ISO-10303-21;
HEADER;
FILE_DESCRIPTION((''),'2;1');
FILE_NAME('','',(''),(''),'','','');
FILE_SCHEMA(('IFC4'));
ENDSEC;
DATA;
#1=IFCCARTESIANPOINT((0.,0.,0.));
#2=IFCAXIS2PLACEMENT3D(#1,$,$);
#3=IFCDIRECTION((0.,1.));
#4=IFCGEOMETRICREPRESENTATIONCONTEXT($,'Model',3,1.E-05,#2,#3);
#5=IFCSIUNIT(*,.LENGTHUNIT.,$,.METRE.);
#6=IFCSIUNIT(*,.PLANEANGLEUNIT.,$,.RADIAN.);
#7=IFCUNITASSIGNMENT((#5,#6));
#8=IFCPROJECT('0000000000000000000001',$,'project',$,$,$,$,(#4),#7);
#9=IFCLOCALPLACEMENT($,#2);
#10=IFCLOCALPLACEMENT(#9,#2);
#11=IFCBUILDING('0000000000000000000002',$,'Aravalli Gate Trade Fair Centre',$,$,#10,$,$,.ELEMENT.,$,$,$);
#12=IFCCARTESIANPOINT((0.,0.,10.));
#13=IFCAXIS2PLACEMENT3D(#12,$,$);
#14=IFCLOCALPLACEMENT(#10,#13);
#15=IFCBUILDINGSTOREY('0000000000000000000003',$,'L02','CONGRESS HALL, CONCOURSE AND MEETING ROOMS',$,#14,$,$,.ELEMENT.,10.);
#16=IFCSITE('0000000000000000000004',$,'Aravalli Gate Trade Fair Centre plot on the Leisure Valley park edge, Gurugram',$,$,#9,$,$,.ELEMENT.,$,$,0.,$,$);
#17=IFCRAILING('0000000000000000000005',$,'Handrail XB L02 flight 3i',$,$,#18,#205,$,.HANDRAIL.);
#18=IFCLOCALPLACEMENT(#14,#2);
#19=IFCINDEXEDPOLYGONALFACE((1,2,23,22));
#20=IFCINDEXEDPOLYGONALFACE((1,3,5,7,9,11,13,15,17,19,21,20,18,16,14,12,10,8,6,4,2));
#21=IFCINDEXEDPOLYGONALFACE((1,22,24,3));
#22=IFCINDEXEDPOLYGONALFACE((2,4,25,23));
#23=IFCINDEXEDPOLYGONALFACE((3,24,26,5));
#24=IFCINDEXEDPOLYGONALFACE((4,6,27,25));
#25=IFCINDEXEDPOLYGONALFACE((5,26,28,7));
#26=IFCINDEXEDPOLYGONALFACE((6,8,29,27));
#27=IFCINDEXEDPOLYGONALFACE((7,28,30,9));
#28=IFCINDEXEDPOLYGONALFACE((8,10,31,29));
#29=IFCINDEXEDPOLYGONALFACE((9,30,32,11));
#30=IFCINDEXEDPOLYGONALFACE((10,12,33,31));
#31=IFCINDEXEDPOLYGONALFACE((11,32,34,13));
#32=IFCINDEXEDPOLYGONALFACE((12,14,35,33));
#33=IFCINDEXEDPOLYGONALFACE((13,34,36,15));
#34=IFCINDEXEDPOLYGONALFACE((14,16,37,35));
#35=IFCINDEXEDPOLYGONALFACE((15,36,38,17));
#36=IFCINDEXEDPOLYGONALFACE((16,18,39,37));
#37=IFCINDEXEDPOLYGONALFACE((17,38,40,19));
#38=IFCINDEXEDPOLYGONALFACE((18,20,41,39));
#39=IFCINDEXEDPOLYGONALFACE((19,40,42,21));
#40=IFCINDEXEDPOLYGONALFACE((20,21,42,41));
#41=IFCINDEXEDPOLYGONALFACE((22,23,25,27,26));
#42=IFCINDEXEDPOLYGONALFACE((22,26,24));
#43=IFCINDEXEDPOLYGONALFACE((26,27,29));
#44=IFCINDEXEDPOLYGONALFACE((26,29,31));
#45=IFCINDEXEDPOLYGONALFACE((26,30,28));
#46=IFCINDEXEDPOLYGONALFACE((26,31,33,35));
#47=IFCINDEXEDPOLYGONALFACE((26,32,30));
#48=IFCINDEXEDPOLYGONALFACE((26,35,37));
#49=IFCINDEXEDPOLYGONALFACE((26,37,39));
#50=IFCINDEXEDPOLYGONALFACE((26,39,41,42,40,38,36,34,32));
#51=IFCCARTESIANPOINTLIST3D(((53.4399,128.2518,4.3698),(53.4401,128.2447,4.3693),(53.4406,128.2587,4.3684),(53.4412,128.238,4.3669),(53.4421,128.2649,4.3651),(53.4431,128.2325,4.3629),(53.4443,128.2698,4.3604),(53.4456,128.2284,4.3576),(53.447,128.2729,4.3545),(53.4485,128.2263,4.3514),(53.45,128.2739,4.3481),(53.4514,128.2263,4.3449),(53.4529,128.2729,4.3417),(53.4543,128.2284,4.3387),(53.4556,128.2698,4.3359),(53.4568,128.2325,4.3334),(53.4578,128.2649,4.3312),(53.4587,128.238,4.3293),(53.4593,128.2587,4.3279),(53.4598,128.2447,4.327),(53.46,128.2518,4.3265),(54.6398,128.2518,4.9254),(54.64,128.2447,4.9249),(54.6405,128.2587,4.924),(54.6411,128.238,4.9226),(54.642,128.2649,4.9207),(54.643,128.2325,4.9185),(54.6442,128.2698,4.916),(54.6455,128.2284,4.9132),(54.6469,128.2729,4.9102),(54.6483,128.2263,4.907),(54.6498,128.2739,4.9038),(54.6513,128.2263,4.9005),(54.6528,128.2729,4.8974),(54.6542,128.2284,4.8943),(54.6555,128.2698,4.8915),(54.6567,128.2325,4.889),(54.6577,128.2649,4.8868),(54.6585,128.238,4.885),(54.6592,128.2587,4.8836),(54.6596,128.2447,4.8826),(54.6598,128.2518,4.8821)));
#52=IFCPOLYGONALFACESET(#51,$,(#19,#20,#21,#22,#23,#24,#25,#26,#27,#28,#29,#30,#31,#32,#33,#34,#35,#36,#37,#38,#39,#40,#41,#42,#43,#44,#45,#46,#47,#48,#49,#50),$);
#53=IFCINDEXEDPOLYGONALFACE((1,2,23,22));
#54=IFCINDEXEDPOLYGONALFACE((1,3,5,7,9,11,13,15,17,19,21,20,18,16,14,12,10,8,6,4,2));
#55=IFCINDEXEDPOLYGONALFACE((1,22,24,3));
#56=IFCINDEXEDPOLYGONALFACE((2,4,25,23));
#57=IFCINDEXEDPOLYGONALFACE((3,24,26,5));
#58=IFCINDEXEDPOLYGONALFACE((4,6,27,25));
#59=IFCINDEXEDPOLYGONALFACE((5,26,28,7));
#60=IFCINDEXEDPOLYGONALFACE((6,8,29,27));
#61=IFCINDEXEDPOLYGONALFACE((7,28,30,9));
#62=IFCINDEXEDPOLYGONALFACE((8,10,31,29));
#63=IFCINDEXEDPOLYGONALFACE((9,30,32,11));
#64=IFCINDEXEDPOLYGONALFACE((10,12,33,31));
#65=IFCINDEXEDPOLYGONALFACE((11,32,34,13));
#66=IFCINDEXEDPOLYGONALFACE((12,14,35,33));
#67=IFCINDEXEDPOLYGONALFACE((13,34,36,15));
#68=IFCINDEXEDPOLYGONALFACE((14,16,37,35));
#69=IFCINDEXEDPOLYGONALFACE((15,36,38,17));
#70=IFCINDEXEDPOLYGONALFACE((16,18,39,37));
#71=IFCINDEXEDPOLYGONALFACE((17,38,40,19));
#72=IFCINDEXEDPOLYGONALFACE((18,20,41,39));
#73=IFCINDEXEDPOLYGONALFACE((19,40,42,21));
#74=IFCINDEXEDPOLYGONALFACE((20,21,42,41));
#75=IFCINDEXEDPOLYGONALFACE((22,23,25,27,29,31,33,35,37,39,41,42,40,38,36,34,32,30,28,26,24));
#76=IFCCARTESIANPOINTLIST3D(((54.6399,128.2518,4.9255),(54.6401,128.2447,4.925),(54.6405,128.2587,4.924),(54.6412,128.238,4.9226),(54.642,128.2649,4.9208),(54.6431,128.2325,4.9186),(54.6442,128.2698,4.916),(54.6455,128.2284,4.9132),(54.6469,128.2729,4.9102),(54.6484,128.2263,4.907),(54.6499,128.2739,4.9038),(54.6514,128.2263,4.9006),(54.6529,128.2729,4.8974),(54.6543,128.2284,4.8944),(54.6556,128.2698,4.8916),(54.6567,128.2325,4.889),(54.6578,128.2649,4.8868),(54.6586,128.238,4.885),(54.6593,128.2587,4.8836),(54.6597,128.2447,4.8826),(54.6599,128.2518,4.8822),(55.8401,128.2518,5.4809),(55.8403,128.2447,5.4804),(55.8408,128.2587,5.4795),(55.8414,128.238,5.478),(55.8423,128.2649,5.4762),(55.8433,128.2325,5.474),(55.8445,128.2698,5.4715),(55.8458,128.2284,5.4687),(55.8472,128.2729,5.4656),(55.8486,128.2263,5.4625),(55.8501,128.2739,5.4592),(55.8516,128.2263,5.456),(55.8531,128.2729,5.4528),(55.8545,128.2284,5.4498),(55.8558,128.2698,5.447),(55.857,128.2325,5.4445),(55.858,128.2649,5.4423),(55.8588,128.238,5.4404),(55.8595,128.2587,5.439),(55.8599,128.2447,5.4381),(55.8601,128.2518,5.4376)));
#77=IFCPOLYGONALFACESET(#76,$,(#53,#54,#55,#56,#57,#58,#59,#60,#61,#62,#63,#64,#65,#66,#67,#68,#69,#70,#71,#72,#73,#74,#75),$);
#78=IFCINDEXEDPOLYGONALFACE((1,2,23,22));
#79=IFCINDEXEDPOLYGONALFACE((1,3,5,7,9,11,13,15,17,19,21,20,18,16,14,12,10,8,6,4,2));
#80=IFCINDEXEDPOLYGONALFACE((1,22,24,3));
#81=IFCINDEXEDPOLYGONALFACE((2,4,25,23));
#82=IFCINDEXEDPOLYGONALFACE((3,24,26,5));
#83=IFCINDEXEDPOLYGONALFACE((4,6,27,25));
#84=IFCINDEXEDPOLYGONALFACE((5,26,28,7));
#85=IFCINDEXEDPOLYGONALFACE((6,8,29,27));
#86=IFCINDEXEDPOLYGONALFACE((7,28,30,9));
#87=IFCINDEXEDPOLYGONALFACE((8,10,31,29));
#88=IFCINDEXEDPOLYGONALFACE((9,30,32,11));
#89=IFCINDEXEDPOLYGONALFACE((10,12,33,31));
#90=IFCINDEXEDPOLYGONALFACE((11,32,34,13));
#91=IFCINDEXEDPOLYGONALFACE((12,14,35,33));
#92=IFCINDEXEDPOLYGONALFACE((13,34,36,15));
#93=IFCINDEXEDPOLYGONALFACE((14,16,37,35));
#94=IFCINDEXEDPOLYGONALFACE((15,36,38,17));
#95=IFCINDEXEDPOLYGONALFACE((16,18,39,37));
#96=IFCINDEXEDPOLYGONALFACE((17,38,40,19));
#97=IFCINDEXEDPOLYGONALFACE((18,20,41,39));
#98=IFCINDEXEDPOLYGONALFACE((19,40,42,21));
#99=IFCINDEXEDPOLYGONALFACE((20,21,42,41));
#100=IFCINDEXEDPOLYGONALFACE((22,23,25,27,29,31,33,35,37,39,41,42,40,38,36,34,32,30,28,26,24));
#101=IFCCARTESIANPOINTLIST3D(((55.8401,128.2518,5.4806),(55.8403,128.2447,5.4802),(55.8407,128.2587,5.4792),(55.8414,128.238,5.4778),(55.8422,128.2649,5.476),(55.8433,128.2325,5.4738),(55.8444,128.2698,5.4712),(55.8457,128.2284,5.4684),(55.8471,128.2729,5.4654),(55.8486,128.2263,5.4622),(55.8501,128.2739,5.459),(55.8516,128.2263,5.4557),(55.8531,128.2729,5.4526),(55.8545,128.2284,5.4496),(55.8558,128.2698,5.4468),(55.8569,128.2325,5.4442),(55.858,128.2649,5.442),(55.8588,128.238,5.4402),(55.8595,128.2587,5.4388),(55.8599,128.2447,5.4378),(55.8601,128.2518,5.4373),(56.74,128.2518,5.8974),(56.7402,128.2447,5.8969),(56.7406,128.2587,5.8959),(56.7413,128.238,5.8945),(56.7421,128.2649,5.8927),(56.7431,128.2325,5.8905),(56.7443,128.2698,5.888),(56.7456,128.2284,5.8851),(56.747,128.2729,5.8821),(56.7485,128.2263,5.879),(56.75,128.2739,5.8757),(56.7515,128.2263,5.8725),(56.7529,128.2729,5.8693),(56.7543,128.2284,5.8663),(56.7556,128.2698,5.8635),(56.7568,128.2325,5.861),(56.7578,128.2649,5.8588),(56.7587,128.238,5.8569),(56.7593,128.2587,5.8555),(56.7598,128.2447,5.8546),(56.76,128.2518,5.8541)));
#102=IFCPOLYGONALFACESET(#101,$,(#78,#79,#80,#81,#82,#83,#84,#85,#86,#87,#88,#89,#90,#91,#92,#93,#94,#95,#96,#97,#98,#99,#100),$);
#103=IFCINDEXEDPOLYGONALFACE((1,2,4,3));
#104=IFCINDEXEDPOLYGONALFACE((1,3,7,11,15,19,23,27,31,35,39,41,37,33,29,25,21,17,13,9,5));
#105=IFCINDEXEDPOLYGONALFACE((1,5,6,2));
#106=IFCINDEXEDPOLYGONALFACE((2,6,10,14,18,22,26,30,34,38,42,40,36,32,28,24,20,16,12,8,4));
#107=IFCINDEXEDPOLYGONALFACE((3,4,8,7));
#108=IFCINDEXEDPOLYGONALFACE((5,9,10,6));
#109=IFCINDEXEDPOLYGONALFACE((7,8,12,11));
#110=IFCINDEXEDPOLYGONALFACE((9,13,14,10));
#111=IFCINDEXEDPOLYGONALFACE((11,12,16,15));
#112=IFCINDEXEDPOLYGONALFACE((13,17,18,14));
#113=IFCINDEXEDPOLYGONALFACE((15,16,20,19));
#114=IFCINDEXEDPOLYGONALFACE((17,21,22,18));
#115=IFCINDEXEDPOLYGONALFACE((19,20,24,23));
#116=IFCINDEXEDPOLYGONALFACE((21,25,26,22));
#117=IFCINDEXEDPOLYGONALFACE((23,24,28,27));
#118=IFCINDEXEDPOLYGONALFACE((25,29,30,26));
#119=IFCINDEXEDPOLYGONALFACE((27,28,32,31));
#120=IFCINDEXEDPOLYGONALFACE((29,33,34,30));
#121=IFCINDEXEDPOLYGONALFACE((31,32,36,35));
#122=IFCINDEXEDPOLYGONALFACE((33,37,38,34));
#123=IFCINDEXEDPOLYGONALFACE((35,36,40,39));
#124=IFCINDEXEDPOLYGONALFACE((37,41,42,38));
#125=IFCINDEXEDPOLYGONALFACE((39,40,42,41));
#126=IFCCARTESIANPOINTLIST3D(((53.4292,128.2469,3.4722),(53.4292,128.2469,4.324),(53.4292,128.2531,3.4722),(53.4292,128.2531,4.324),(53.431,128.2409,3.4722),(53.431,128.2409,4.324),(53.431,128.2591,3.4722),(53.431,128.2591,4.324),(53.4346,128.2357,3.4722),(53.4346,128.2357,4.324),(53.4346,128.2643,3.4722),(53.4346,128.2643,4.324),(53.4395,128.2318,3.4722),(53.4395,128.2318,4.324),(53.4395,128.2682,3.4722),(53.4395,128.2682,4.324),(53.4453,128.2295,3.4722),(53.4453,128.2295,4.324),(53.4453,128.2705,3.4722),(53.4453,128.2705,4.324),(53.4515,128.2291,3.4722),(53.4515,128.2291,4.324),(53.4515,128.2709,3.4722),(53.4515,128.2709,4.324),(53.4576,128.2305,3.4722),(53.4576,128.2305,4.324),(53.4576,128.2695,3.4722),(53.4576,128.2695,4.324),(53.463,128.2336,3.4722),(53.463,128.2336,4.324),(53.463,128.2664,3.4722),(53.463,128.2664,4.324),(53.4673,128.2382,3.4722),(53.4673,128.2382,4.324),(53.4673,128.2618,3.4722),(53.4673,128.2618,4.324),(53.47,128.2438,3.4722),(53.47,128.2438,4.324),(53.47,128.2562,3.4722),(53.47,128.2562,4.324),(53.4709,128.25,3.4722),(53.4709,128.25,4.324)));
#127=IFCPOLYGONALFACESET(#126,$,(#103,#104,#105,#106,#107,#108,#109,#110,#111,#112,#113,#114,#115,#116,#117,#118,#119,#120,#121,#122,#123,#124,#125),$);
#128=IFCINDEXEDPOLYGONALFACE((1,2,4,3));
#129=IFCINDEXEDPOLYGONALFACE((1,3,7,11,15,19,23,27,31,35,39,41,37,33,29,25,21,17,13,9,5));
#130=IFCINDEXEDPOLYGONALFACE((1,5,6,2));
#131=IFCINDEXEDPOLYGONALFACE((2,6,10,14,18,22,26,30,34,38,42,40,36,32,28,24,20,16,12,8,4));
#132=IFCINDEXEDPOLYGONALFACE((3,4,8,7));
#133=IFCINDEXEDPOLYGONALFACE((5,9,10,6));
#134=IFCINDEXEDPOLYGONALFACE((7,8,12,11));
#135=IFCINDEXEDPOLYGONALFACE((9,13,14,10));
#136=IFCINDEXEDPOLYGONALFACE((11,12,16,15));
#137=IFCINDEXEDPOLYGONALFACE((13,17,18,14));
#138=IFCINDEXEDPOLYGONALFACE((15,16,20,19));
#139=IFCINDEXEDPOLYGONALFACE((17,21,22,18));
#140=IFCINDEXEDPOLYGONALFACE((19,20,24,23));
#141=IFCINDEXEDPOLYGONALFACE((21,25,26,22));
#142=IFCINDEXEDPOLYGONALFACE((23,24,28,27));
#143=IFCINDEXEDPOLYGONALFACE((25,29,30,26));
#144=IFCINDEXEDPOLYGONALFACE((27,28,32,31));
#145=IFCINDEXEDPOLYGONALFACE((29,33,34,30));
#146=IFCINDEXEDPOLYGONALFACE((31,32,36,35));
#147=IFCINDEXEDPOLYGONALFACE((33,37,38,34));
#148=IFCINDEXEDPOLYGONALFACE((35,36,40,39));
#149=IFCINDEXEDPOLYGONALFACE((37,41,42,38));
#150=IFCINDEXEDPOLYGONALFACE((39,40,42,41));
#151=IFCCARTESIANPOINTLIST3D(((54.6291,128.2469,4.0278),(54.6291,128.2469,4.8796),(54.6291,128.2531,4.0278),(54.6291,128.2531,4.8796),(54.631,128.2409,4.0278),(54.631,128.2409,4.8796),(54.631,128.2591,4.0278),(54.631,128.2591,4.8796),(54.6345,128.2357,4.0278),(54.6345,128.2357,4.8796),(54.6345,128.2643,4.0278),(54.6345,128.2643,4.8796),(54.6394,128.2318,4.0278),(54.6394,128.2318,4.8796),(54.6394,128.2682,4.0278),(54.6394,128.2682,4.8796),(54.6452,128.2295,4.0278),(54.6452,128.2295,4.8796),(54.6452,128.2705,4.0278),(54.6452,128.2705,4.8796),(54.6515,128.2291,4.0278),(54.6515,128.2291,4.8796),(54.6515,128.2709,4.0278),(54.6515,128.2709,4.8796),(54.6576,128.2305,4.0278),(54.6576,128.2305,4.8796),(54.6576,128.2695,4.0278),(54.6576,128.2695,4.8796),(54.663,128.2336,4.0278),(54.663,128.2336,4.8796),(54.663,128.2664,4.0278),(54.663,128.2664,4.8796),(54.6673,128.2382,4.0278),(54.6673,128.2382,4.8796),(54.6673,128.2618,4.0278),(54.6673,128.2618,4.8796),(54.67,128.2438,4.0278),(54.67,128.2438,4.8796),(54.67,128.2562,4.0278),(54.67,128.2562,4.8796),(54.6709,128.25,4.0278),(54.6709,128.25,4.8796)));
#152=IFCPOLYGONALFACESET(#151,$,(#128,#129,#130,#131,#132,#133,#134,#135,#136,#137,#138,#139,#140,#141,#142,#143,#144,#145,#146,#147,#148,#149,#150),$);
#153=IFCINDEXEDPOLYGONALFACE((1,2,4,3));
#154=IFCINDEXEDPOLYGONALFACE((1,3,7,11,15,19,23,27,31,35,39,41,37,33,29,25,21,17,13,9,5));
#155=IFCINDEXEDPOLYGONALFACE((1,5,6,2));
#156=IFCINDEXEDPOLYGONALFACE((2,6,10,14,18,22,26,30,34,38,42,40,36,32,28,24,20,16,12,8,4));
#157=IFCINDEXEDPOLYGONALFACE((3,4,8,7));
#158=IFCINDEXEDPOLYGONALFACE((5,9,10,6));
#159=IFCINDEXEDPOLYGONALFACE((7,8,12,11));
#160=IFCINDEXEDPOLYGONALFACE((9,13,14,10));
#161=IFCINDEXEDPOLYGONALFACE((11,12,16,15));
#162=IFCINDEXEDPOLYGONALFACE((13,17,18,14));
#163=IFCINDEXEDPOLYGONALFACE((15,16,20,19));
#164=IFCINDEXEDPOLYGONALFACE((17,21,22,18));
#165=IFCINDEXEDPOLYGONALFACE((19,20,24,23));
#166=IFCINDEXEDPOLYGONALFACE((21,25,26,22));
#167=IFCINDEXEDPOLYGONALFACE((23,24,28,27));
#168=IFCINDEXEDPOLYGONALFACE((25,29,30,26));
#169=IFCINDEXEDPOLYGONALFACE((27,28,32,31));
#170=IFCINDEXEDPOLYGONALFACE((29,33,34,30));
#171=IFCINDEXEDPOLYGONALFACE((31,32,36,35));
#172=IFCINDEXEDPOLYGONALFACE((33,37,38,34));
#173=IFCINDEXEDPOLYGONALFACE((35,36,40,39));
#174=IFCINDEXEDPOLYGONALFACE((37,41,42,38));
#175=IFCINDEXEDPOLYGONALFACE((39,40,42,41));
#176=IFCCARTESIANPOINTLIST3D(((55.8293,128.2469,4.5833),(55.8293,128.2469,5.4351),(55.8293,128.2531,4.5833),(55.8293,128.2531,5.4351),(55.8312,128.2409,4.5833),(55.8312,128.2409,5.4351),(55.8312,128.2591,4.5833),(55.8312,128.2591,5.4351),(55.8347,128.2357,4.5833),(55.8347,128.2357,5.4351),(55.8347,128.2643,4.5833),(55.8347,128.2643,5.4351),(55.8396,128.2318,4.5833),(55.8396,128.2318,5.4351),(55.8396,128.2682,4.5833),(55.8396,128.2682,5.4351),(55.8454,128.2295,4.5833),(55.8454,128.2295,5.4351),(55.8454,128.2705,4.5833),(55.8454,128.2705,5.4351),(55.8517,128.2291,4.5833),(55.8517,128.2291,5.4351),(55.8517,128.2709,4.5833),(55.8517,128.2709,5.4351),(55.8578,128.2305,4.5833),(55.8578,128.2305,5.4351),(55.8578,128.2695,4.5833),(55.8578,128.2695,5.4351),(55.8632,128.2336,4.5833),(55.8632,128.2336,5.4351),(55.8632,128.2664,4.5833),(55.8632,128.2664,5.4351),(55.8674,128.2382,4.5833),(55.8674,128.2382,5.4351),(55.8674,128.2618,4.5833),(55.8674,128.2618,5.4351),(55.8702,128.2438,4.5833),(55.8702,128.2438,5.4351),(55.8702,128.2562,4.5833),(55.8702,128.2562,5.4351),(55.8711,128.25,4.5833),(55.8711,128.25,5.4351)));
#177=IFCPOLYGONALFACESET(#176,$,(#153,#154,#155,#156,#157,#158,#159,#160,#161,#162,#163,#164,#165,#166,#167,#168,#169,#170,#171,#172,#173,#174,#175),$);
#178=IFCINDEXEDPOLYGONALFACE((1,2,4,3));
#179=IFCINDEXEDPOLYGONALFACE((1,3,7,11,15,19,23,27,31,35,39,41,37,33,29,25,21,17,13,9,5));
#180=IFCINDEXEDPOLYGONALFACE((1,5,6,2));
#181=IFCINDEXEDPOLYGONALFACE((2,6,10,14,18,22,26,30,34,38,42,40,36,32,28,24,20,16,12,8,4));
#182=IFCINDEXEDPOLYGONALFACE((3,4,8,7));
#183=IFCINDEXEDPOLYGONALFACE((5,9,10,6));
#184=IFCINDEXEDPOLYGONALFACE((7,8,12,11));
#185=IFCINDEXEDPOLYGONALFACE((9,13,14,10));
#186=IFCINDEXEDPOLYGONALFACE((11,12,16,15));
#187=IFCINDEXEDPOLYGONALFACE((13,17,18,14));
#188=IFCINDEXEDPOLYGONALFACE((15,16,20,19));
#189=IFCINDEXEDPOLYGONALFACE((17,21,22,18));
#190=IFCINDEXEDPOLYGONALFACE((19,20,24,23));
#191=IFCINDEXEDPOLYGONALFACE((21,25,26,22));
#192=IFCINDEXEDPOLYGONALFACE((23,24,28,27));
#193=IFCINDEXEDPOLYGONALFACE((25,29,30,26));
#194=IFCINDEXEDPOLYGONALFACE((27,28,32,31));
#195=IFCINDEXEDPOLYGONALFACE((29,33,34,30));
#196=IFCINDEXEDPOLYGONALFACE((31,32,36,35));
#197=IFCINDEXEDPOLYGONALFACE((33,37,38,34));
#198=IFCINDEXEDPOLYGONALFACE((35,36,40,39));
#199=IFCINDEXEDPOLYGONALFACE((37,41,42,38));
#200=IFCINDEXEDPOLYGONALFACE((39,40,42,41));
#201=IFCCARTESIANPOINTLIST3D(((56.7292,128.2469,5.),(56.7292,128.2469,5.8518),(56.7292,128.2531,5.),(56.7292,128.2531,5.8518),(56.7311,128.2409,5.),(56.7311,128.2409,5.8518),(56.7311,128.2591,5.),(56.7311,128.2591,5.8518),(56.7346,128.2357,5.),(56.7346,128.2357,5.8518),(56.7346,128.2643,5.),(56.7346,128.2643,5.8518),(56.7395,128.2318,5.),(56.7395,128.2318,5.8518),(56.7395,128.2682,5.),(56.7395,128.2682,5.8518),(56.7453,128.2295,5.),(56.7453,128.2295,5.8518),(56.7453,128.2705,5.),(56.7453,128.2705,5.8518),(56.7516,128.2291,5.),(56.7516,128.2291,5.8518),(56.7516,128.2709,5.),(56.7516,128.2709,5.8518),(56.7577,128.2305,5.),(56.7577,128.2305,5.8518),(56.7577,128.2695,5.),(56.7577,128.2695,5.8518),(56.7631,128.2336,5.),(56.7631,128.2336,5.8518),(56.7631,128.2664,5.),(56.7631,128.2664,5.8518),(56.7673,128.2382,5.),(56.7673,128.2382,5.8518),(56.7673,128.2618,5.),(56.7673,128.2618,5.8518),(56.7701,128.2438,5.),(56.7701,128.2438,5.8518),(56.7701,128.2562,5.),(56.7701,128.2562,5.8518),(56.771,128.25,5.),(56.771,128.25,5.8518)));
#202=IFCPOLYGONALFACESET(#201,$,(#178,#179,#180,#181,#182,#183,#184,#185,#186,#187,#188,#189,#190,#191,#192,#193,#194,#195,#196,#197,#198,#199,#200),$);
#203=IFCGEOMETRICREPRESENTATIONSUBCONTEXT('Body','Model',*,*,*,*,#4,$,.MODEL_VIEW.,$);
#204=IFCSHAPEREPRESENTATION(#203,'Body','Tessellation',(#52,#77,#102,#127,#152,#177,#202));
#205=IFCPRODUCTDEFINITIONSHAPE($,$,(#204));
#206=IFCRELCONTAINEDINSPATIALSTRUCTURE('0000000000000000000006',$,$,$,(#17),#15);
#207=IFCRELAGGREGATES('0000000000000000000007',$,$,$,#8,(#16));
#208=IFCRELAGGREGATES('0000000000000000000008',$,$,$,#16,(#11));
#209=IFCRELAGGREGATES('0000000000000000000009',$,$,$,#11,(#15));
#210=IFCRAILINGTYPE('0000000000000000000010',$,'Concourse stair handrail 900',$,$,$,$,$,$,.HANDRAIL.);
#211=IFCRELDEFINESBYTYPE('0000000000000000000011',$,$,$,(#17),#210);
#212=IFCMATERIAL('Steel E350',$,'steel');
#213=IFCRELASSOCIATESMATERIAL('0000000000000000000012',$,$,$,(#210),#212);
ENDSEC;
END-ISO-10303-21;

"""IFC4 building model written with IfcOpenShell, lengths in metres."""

from ifc_helpers import new_model, si_unit, direction, frame, origin, origin_2d, place, context, subcontext, project, spatial, circle, extrude, material, type_object, element, save


model = new_model("IFC4")

# Units and contexts
model_context = context("Model", 3, precision=1e-05, world=origin(), true_north=direction((0.0, 1.0)))
body_context = subcontext(model_context, "Body", "Model", "MODEL_VIEW")
ifc_project = project(units=[si_unit("LENGTHUNIT", "METRE"), si_unit("PLANEANGLEUNIT", "RADIAN")], contexts=[model_context])

# Site, building, storey
site_placement = place(None, origin())
site = spatial("IfcSite", under=ifc_project, at=site_placement, Name="Aravalli Gate Trade Fair Centre plot on the Leisure Valley park edge, Gurugram", CompositionType="ELEMENT", RefElevation=0.0)
building_placement = place(site_placement, origin())
building = spatial("IfcBuilding", under=site, at=building_placement, Name="Aravalli Gate Trade Fair Centre", CompositionType="ELEMENT")
storey_placement = place(building_placement, frame((0.0, 0.0, 10.0)))
storey = spatial("IfcBuildingStorey", under=building, at=storey_placement, Name="L02", Description="CONGRESS HALL, CONCOURSE AND MEETING ROOMS", CompositionType="ELEMENT", Elevation=10.0)

# Shared definitions
ifc_material_1 = material(Name="Steel E350", Category="steel")

# Railing
railing_type_1 = type_object("IfcRailingType", Name="Concourse stair handrail 900", PredefinedType="HANDRAIL", material=ifc_material_1)
railing_1_placement = place(storey_placement, frame((53.45, 128.25, 3.4722)))
element("IfcRailing", 1, at=railing_1_placement, inside=storey, type_object=railing_type_1, Name="Handrail XB L02 flight 3i", PredefinedType="HANDRAIL", context=body_context, shape_type="SweptSolid", body=[
    extrude(circle(Radius=0.0239, at=origin_2d()), frame((0.0, 0.0, 0.876), z_axis=(0.907429, 0.0, 0.420205), x_axis=(0.0, 1.0, 0.0)), (0.0, 0.0, 1.0), 1.3223),
    extrude(circle(Radius=0.0239, at=origin_2d()), frame((1.2, 0.0, 1.4316), z_axis=(0.907532, 0.0, 0.419983), x_axis=(0.0, 1.0, 0.0)), (0.0, 0.0, 1.0), 1.3225),
    extrude(circle(Radius=0.0239, at=origin_2d()), frame((2.4001, 0.0, 1.9868), z_axis=(0.907418, 0.0, 0.420229), x_axis=(0.0, 1.0, 0.0)), (0.0, 0.0, 1.0), 0.9917),
    extrude(circle(Radius=0.021, at=origin_2d()), origin(), (0.0, 0.0, 1.0), 0.8518),
    extrude(circle(Radius=0.021, at=origin_2d()), frame((1.2, 0.0, 0.5557)), (0.0, 0.0, 1.0), 0.8518),
    extrude(circle(Radius=0.021, at=origin_2d()), frame((2.4001, 0.0, 1.1111)), (0.0, 0.0, 1.0), 0.8518),
    extrude(circle(Radius=0.021, at=origin_2d()), frame((3.3, 0.0, 1.5278)), (0.0, 0.0, 1.0), 0.8518),
])

save(model, "model.ifc")
